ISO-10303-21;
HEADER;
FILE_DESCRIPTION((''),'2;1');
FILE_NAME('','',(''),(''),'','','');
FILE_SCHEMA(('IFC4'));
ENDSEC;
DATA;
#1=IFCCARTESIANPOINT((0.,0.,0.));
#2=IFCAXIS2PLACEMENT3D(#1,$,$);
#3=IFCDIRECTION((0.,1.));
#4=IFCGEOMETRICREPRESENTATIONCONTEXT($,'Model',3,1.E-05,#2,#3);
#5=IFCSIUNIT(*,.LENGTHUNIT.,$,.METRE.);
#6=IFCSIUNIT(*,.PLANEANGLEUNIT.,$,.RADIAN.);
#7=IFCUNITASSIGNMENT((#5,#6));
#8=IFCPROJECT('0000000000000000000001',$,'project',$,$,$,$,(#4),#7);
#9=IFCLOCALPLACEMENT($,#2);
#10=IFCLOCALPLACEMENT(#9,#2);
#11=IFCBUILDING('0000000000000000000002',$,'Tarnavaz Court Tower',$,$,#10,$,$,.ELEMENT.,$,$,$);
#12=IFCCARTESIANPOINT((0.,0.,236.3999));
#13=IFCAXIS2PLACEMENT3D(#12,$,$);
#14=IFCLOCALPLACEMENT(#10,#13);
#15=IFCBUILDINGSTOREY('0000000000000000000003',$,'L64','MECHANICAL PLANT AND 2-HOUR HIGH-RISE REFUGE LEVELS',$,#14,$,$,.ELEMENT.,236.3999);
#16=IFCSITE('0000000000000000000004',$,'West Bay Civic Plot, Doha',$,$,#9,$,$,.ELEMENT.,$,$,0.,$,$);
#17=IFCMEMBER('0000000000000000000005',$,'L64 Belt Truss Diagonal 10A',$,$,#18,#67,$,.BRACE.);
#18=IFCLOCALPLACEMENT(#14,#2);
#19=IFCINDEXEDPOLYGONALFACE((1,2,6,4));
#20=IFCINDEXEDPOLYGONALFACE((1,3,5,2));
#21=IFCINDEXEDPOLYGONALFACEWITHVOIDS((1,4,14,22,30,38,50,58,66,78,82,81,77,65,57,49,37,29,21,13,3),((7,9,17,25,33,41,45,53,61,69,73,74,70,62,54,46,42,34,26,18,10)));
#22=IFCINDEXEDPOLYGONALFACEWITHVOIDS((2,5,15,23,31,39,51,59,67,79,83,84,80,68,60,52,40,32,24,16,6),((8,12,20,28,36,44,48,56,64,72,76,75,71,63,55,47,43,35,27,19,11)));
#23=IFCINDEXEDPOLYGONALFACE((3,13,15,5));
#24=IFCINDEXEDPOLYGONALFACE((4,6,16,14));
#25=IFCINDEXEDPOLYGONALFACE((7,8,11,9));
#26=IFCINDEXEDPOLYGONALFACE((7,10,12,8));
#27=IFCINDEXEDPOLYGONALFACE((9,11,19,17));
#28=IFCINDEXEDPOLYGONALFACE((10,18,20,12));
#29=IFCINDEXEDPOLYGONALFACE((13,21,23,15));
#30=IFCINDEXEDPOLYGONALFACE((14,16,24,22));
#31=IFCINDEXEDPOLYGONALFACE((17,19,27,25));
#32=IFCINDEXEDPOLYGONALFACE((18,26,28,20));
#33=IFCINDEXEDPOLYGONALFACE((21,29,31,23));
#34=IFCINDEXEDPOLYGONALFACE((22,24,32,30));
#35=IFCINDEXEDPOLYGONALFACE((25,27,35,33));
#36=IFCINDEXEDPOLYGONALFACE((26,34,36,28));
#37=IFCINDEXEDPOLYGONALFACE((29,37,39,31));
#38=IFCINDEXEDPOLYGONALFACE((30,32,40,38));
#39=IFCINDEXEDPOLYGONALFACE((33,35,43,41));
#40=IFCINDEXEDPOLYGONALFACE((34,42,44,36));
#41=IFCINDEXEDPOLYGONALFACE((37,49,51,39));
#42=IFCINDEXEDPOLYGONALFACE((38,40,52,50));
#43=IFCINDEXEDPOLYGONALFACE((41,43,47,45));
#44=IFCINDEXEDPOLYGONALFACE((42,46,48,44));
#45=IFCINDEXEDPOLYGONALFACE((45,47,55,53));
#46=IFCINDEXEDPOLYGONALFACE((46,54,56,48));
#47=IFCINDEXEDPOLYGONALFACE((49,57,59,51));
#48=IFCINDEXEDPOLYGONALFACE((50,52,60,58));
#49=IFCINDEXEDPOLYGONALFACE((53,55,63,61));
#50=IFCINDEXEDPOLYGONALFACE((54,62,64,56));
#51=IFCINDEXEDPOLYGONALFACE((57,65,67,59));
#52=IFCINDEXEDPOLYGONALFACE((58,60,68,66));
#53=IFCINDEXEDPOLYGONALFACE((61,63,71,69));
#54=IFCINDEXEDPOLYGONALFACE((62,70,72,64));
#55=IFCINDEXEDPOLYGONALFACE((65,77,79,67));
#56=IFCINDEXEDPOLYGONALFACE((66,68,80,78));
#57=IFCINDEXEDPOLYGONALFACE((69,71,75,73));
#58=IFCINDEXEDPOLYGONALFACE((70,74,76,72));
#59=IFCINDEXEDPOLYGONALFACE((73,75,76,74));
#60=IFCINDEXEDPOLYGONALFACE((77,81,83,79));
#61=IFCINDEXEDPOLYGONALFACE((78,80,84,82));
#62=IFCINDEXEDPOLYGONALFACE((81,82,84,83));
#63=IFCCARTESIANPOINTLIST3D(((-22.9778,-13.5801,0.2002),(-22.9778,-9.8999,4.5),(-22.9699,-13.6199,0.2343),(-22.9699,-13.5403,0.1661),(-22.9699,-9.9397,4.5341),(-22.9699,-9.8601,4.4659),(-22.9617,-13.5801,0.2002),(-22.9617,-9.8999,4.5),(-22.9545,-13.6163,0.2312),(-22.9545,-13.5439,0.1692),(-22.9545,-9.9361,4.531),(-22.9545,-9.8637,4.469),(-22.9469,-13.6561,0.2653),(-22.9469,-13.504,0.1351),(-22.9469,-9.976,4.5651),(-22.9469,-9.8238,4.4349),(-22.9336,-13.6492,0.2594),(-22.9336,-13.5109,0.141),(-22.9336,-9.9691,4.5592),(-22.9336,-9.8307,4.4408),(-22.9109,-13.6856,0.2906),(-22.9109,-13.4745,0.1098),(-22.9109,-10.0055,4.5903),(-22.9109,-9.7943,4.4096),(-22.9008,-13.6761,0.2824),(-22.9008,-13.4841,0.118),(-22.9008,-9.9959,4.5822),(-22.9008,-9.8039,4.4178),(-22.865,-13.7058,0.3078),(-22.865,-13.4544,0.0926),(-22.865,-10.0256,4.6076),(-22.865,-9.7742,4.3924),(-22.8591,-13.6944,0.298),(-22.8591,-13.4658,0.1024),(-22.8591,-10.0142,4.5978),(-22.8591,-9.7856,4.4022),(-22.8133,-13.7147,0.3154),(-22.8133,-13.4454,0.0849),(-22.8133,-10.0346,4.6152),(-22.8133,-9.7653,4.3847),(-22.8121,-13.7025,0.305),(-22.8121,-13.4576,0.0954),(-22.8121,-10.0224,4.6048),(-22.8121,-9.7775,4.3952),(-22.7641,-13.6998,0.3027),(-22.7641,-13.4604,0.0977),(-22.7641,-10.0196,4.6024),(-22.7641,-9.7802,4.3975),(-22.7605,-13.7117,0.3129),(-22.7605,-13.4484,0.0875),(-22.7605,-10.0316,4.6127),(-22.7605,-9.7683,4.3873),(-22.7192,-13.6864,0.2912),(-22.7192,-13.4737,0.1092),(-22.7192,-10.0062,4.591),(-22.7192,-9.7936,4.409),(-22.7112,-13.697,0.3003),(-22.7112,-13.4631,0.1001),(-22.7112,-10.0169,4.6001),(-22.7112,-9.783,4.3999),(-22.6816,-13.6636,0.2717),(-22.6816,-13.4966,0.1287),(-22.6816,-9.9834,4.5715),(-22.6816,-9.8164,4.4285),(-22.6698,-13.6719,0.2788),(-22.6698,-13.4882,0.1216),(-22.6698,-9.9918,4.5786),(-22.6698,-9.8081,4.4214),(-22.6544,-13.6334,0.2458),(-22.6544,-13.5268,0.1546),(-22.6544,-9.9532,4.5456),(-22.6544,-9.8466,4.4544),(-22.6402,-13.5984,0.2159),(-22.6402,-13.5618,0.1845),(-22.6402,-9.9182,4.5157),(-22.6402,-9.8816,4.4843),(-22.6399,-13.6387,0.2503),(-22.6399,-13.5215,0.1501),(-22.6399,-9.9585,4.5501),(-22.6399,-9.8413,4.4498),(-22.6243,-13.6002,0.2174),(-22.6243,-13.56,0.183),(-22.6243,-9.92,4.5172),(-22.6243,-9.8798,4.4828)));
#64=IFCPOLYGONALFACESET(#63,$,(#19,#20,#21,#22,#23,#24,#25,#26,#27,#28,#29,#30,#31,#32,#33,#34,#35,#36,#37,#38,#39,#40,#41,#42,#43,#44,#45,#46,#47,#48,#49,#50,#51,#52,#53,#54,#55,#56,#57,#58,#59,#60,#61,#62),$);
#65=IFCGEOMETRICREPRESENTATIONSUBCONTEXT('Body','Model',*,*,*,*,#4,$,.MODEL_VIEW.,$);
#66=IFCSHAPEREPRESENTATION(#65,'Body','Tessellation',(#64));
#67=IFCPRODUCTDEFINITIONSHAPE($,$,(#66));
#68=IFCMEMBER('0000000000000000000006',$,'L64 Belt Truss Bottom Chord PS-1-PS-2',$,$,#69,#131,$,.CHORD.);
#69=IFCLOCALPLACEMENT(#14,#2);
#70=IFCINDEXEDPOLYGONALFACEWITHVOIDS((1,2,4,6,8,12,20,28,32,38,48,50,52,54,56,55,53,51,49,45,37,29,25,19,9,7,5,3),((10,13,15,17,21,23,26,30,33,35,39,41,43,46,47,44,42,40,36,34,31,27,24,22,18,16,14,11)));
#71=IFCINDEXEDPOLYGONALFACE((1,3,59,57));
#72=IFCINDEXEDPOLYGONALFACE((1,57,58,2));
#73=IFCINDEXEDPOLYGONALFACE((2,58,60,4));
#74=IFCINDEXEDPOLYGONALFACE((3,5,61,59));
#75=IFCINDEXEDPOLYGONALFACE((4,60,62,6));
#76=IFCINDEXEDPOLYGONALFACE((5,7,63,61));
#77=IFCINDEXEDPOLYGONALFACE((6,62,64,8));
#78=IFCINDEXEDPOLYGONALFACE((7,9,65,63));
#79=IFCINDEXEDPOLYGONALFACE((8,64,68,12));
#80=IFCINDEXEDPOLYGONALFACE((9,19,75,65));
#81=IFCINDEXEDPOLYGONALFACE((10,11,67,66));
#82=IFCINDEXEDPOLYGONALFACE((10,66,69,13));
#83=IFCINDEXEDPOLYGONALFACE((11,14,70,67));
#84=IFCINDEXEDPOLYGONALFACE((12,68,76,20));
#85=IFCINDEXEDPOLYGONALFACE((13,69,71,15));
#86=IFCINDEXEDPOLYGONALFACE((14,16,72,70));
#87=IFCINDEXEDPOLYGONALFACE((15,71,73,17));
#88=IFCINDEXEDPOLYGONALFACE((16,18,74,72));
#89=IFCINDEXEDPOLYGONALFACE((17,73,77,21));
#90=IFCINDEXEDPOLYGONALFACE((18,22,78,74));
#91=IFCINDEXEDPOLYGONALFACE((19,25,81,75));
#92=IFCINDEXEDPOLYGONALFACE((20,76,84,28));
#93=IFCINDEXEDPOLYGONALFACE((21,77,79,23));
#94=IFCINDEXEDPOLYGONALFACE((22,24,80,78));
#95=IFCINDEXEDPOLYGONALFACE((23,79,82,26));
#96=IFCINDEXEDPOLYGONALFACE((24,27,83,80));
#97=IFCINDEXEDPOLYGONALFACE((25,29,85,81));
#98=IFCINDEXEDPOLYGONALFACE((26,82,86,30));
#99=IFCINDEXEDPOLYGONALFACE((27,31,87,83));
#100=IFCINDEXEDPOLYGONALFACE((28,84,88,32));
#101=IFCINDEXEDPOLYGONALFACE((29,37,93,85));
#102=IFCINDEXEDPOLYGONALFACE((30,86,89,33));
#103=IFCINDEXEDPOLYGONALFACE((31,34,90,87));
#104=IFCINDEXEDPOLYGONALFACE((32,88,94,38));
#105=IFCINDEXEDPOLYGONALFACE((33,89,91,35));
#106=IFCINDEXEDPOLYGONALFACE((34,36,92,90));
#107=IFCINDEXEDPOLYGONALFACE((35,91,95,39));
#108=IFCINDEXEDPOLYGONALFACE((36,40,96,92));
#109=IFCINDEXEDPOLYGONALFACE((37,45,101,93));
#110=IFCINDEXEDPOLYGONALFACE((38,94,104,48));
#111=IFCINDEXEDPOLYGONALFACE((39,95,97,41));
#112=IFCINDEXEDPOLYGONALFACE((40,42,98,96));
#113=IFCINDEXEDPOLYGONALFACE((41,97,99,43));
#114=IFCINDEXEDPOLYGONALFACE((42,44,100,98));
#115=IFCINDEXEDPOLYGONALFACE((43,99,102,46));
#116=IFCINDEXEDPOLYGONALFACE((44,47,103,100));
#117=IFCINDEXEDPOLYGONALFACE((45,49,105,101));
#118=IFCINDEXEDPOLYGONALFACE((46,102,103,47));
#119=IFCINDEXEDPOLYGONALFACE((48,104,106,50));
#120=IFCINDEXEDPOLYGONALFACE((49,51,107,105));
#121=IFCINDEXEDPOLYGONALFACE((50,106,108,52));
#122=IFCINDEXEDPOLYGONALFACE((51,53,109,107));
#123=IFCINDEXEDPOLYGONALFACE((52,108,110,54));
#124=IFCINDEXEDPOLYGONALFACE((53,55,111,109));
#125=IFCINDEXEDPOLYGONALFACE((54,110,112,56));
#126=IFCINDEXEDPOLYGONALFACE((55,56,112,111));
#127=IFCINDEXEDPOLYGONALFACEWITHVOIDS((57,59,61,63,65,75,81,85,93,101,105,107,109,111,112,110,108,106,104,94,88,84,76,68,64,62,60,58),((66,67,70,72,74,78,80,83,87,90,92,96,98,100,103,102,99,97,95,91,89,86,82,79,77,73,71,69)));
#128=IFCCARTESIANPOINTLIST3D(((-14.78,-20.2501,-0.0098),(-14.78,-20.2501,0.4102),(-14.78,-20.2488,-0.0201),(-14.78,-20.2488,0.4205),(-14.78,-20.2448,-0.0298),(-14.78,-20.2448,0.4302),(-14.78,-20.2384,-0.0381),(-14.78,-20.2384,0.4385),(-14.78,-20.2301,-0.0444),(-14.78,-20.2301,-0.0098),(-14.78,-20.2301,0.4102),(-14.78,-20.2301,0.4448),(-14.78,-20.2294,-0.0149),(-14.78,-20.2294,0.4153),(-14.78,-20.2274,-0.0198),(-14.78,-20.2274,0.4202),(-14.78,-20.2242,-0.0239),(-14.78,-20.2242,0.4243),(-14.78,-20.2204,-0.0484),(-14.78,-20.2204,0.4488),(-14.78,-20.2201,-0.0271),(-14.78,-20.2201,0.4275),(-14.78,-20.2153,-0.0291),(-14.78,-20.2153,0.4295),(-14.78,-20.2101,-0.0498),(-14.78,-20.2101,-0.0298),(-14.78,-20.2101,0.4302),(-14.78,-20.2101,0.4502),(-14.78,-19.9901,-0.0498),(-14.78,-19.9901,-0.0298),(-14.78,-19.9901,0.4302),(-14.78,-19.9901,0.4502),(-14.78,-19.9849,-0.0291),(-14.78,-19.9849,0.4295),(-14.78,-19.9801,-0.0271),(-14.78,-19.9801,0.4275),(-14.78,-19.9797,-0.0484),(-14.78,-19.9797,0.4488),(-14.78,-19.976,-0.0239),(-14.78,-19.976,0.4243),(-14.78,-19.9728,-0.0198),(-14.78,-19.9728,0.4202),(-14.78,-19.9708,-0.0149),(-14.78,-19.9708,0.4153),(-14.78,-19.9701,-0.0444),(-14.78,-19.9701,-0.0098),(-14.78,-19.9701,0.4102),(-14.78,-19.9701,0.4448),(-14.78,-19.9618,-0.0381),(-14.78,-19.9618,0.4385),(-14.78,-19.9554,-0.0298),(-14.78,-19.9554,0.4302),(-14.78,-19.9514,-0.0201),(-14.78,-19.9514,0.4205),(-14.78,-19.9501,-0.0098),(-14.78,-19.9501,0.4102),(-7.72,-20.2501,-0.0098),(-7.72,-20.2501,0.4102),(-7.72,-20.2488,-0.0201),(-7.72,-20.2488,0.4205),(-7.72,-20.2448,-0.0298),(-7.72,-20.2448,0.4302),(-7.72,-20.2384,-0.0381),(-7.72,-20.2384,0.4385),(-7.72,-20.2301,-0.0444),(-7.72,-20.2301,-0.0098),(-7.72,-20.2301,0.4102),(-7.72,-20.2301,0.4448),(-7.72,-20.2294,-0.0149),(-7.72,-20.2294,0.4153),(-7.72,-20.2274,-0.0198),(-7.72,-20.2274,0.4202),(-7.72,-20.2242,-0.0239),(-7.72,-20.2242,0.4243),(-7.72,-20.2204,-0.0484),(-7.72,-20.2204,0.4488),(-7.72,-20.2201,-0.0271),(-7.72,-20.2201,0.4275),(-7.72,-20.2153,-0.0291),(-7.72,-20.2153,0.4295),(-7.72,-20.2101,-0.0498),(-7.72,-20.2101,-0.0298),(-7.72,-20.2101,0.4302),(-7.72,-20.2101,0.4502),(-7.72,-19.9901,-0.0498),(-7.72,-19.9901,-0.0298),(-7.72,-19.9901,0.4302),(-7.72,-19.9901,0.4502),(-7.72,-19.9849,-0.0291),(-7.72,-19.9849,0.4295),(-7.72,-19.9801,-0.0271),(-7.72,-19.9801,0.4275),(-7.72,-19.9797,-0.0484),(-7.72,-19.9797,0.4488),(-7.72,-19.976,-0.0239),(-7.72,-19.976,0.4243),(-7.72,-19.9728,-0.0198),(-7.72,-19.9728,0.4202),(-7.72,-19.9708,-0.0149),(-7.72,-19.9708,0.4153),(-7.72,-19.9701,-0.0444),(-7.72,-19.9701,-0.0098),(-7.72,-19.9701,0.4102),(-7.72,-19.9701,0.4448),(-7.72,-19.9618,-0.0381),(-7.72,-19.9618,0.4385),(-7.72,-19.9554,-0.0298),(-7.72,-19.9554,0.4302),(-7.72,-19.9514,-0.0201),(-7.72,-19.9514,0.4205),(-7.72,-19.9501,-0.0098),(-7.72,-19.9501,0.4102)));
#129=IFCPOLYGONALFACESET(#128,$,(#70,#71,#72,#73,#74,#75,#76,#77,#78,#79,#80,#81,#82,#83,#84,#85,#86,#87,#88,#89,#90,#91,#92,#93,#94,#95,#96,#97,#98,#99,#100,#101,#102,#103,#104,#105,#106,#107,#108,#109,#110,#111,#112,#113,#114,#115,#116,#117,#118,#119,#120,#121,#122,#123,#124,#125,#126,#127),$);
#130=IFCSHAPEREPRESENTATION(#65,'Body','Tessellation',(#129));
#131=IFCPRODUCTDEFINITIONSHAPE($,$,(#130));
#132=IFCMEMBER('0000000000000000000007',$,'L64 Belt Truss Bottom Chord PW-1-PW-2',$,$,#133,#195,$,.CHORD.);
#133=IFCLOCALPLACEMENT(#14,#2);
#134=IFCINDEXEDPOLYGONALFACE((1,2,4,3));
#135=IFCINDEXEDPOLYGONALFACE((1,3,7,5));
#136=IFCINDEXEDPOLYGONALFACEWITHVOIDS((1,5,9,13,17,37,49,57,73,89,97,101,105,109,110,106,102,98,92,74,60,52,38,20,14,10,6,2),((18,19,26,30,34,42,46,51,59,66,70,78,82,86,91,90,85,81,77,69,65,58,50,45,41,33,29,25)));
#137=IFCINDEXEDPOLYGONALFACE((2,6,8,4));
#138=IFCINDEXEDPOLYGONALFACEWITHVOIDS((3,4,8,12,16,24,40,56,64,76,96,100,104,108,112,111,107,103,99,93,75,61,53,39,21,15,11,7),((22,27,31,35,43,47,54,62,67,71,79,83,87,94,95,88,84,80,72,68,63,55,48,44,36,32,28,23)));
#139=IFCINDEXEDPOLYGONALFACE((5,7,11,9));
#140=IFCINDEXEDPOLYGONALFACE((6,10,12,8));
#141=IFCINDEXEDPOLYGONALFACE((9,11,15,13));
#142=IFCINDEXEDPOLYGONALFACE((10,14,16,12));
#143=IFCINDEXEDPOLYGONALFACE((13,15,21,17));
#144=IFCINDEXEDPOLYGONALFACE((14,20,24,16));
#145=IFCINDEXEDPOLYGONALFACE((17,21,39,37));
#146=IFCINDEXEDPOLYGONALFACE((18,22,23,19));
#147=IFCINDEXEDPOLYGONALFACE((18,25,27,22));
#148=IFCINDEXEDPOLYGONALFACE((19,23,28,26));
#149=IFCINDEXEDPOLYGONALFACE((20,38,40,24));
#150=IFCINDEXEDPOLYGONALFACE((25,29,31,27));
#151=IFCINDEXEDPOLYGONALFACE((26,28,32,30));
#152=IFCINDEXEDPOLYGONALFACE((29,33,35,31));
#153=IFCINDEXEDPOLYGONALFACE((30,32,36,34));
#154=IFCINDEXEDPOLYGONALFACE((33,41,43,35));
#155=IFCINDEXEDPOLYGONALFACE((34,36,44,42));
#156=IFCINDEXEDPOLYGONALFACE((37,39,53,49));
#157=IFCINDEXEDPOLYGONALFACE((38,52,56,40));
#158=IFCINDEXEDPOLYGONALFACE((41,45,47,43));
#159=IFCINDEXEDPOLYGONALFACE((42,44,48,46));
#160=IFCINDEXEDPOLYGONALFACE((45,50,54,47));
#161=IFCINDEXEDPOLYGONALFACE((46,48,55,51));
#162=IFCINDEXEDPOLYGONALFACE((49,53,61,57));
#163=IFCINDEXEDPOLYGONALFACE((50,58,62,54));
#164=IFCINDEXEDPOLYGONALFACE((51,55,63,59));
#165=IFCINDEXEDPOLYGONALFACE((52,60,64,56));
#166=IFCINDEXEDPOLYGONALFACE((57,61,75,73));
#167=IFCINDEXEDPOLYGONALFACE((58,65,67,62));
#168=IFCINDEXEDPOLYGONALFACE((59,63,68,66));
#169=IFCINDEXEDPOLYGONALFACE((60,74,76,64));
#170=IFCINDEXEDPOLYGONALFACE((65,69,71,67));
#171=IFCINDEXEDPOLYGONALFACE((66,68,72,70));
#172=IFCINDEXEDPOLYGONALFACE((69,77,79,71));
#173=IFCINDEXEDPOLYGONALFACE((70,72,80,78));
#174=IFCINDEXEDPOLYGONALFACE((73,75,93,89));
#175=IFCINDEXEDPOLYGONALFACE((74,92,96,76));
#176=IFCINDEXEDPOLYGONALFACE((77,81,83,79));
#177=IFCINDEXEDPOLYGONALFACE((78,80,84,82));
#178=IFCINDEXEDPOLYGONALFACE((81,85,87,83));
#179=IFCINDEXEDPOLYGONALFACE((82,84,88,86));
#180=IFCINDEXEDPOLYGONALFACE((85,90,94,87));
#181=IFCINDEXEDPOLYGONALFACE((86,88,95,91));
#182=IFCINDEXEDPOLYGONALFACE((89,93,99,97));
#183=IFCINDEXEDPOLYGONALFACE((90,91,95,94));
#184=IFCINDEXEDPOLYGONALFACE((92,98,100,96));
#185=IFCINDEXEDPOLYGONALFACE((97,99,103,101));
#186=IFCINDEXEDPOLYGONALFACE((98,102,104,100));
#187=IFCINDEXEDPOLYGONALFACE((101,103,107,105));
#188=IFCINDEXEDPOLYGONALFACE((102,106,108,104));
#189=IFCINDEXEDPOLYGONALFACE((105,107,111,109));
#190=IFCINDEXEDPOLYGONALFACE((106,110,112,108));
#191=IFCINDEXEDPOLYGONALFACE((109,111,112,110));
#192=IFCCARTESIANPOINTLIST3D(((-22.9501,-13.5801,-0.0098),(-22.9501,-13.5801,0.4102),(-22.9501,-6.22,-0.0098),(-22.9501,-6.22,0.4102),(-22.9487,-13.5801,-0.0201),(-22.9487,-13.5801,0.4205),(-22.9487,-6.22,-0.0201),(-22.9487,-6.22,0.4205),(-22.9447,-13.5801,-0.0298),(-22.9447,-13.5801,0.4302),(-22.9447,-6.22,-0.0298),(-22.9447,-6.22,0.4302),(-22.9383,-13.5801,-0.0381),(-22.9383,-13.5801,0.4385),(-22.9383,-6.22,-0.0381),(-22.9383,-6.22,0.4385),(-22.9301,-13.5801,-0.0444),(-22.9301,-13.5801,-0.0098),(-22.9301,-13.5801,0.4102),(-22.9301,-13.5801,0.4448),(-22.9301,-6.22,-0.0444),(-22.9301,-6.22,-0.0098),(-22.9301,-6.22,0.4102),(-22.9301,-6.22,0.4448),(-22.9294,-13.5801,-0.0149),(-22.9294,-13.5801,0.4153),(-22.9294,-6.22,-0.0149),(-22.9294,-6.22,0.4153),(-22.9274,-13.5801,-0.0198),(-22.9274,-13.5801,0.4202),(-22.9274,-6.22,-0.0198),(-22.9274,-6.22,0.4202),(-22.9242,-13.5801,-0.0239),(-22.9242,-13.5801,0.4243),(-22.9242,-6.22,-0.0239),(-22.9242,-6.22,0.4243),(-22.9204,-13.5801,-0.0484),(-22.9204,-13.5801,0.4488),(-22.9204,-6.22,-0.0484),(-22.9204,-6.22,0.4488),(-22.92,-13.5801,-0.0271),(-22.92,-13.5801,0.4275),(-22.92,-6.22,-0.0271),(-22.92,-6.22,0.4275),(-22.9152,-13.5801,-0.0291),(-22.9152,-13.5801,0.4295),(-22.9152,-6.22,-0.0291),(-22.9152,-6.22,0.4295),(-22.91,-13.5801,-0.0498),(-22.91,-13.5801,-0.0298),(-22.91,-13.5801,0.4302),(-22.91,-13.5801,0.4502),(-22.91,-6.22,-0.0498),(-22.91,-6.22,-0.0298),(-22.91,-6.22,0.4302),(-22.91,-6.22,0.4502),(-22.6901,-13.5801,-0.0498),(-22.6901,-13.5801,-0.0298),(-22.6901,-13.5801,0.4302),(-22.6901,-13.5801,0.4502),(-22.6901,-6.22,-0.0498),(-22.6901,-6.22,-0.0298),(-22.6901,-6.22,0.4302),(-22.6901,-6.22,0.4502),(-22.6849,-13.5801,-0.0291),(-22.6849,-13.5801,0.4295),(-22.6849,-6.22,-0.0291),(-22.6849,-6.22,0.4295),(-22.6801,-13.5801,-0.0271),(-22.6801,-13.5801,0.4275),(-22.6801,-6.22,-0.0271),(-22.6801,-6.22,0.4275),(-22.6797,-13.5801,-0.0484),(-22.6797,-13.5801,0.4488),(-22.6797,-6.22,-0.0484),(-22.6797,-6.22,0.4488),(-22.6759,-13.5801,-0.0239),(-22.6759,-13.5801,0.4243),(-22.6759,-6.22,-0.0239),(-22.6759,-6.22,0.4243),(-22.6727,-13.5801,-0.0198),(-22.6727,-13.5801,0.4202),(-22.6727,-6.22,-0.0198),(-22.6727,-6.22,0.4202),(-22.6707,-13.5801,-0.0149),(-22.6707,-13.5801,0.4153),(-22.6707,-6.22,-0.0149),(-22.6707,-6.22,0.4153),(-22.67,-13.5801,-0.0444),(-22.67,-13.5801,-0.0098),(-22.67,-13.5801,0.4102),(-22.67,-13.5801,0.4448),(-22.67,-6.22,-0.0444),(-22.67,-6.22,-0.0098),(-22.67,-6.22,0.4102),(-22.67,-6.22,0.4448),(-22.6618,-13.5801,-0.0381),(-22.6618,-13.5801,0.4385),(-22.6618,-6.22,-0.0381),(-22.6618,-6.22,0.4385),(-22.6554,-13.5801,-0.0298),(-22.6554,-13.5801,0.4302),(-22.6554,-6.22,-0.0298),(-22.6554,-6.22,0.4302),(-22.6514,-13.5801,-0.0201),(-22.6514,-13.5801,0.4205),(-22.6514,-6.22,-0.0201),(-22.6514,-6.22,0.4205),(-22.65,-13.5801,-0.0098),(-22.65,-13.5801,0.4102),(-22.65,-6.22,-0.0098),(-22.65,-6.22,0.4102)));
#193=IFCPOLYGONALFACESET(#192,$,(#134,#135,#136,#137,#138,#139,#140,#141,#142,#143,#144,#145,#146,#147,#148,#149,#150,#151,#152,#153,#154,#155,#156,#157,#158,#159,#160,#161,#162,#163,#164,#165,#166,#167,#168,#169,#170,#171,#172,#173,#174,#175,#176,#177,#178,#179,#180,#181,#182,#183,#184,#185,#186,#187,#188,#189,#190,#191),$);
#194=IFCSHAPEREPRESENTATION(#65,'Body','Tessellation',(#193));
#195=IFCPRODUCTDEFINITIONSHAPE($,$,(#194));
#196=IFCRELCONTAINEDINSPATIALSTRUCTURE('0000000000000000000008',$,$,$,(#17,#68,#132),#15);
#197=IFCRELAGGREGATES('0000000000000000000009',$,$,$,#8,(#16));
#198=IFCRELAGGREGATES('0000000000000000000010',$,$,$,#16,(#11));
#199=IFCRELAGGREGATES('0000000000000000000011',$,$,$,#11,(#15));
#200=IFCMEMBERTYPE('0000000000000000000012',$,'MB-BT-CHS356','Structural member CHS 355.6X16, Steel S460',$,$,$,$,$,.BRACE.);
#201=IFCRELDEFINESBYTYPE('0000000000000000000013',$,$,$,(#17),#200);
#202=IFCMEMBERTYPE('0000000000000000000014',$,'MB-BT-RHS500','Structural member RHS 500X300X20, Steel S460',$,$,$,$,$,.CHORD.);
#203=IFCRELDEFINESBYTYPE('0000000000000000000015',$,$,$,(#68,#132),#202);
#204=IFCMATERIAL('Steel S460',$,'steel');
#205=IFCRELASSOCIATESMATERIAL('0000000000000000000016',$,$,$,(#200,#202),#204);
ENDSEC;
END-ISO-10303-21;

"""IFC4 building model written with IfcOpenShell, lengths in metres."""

from ifc_helpers import new_model, si_unit, direction, frame, origin, origin_2d, place, context, subcontext, project, spatial, hollow_rectangle, hollow_circle, extrude, material, material_profile, profile_set, type_object, element, save


model = new_model("IFC4")

# Units and contexts
model_context = context("Model", 3, precision=1e-05, world=origin(), true_north=direction((0.0, 1.0)))
body_context = subcontext(model_context, "Body", "Model", "MODEL_VIEW")
ifc_project = project(units=[si_unit("LENGTHUNIT", "METRE"), si_unit("PLANEANGLEUNIT", "RADIAN")], contexts=[model_context])

# Site, building, storey
site_placement = place(None, origin())
site = spatial("IfcSite", under=ifc_project, at=site_placement, Name="West Bay Civic Plot, Doha", CompositionType="ELEMENT", RefElevation=0.0)
building_placement = place(site_placement, origin())
building = spatial("IfcBuilding", under=site, at=building_placement, Name="Tarnavaz Court Tower", CompositionType="ELEMENT")
storey_placement = place(building_placement, frame((0.0, 0.0, 236.3999)))
storey = spatial("IfcBuildingStorey", under=building, at=storey_placement, Name="L64", Description="MECHANICAL PLANT AND 2-HOUR HIGH-RISE REFUGE LEVELS", CompositionType="ELEMENT", Elevation=236.3999)

# Shared definitions
ifc_material_1 = material(Name="Steel S460", Category="steel")

# Members
ifc_material_profile_1 = material_profile(ifc_material_1, hollow_circle(Radius=0.1777, WallThickness=0.0161, at=origin_2d()), Name="CHS 355.6X16")
ifc_profile_set_1 = profile_set([ifc_material_profile_1], Name="Steel S460")
member_type_1 = type_object("IfcMemberType", Name="MB-BT-CHS356", Description="Structural member CHS 355.6X16, Steel S460", PredefinedType="BRACE", material=ifc_profile_set_1)
member_1_placement = place(storey_placement, frame((-22.8, -13.5801, 0.2002), z_axis=(0.0, 0.650244, 0.759725), x_axis=(-1.0, 0.0, 0.0)))
element("IfcMember", 1, at=member_1_placement, inside=storey, type_object=member_type_1, Name="L64 Belt Truss Diagonal 10A", PredefinedType="BRACE", context=body_context, shape_type="SweptSolid", body=[
    extrude(hollow_circle(Radius=0.1777, WallThickness=0.0161, at=origin_2d()), origin(), (0.0, 0.0, 1.0), 5.6597),
])
ifc_material_profile_2 = material_profile(ifc_material_1, hollow_rectangle(XDim=0.3, YDim=0.5, WallThickness=0.02, InnerFilletRadius=0.02, OuterFilletRadius=0.04, at=origin_2d()), Name="RHS 500X300X20")
ifc_profile_set_2 = profile_set([ifc_material_profile_2], Name="Steel S460")
member_type_2 = type_object("IfcMemberType", Name="MB-BT-RHS500", Description="Structural member RHS 500X300X20, Steel S460", PredefinedType="CHORD", material=ifc_profile_set_2)
member_2_placement = place(storey_placement, frame((-14.78, -20.1001, 0.2002), z_axis=(1.0, 0.0, 0.0), x_axis=(0.0, 1.0, 0.0)))
element("IfcMember", 2, at=member_2_placement, inside=storey, type_object=member_type_2, Name="L64 Belt Truss Bottom Chord PS-1-PS-2", PredefinedType="CHORD", context=body_context, shape_type="SweptSolid", body=[
    extrude(hollow_rectangle(XDim=0.3, YDim=0.5, WallThickness=0.02, InnerFilletRadius=0.02, OuterFilletRadius=0.04, at=origin_2d()), origin(), (0.0, 0.0, 1.0), 7.0601),
])
member_3_placement = place(storey_placement, frame((-22.8, -13.5801, 0.2002), z_axis=(0.0, 1.0, 0.0), x_axis=(-1.0, 0.0, 0.0)))
element("IfcMember", 3, at=member_3_placement, inside=storey, type_object=member_type_2, Name="L64 Belt Truss Bottom Chord PW-1-PW-2", PredefinedType="CHORD", context=body_context, shape_type="SweptSolid", body=[
    extrude(hollow_rectangle(XDim=0.3, YDim=0.5, WallThickness=0.02, InnerFilletRadius=0.02, OuterFilletRadius=0.04, at=origin_2d()), origin(), (0.0, 0.0, 1.0), 7.3601),
])

save(model, "model.ifc")
